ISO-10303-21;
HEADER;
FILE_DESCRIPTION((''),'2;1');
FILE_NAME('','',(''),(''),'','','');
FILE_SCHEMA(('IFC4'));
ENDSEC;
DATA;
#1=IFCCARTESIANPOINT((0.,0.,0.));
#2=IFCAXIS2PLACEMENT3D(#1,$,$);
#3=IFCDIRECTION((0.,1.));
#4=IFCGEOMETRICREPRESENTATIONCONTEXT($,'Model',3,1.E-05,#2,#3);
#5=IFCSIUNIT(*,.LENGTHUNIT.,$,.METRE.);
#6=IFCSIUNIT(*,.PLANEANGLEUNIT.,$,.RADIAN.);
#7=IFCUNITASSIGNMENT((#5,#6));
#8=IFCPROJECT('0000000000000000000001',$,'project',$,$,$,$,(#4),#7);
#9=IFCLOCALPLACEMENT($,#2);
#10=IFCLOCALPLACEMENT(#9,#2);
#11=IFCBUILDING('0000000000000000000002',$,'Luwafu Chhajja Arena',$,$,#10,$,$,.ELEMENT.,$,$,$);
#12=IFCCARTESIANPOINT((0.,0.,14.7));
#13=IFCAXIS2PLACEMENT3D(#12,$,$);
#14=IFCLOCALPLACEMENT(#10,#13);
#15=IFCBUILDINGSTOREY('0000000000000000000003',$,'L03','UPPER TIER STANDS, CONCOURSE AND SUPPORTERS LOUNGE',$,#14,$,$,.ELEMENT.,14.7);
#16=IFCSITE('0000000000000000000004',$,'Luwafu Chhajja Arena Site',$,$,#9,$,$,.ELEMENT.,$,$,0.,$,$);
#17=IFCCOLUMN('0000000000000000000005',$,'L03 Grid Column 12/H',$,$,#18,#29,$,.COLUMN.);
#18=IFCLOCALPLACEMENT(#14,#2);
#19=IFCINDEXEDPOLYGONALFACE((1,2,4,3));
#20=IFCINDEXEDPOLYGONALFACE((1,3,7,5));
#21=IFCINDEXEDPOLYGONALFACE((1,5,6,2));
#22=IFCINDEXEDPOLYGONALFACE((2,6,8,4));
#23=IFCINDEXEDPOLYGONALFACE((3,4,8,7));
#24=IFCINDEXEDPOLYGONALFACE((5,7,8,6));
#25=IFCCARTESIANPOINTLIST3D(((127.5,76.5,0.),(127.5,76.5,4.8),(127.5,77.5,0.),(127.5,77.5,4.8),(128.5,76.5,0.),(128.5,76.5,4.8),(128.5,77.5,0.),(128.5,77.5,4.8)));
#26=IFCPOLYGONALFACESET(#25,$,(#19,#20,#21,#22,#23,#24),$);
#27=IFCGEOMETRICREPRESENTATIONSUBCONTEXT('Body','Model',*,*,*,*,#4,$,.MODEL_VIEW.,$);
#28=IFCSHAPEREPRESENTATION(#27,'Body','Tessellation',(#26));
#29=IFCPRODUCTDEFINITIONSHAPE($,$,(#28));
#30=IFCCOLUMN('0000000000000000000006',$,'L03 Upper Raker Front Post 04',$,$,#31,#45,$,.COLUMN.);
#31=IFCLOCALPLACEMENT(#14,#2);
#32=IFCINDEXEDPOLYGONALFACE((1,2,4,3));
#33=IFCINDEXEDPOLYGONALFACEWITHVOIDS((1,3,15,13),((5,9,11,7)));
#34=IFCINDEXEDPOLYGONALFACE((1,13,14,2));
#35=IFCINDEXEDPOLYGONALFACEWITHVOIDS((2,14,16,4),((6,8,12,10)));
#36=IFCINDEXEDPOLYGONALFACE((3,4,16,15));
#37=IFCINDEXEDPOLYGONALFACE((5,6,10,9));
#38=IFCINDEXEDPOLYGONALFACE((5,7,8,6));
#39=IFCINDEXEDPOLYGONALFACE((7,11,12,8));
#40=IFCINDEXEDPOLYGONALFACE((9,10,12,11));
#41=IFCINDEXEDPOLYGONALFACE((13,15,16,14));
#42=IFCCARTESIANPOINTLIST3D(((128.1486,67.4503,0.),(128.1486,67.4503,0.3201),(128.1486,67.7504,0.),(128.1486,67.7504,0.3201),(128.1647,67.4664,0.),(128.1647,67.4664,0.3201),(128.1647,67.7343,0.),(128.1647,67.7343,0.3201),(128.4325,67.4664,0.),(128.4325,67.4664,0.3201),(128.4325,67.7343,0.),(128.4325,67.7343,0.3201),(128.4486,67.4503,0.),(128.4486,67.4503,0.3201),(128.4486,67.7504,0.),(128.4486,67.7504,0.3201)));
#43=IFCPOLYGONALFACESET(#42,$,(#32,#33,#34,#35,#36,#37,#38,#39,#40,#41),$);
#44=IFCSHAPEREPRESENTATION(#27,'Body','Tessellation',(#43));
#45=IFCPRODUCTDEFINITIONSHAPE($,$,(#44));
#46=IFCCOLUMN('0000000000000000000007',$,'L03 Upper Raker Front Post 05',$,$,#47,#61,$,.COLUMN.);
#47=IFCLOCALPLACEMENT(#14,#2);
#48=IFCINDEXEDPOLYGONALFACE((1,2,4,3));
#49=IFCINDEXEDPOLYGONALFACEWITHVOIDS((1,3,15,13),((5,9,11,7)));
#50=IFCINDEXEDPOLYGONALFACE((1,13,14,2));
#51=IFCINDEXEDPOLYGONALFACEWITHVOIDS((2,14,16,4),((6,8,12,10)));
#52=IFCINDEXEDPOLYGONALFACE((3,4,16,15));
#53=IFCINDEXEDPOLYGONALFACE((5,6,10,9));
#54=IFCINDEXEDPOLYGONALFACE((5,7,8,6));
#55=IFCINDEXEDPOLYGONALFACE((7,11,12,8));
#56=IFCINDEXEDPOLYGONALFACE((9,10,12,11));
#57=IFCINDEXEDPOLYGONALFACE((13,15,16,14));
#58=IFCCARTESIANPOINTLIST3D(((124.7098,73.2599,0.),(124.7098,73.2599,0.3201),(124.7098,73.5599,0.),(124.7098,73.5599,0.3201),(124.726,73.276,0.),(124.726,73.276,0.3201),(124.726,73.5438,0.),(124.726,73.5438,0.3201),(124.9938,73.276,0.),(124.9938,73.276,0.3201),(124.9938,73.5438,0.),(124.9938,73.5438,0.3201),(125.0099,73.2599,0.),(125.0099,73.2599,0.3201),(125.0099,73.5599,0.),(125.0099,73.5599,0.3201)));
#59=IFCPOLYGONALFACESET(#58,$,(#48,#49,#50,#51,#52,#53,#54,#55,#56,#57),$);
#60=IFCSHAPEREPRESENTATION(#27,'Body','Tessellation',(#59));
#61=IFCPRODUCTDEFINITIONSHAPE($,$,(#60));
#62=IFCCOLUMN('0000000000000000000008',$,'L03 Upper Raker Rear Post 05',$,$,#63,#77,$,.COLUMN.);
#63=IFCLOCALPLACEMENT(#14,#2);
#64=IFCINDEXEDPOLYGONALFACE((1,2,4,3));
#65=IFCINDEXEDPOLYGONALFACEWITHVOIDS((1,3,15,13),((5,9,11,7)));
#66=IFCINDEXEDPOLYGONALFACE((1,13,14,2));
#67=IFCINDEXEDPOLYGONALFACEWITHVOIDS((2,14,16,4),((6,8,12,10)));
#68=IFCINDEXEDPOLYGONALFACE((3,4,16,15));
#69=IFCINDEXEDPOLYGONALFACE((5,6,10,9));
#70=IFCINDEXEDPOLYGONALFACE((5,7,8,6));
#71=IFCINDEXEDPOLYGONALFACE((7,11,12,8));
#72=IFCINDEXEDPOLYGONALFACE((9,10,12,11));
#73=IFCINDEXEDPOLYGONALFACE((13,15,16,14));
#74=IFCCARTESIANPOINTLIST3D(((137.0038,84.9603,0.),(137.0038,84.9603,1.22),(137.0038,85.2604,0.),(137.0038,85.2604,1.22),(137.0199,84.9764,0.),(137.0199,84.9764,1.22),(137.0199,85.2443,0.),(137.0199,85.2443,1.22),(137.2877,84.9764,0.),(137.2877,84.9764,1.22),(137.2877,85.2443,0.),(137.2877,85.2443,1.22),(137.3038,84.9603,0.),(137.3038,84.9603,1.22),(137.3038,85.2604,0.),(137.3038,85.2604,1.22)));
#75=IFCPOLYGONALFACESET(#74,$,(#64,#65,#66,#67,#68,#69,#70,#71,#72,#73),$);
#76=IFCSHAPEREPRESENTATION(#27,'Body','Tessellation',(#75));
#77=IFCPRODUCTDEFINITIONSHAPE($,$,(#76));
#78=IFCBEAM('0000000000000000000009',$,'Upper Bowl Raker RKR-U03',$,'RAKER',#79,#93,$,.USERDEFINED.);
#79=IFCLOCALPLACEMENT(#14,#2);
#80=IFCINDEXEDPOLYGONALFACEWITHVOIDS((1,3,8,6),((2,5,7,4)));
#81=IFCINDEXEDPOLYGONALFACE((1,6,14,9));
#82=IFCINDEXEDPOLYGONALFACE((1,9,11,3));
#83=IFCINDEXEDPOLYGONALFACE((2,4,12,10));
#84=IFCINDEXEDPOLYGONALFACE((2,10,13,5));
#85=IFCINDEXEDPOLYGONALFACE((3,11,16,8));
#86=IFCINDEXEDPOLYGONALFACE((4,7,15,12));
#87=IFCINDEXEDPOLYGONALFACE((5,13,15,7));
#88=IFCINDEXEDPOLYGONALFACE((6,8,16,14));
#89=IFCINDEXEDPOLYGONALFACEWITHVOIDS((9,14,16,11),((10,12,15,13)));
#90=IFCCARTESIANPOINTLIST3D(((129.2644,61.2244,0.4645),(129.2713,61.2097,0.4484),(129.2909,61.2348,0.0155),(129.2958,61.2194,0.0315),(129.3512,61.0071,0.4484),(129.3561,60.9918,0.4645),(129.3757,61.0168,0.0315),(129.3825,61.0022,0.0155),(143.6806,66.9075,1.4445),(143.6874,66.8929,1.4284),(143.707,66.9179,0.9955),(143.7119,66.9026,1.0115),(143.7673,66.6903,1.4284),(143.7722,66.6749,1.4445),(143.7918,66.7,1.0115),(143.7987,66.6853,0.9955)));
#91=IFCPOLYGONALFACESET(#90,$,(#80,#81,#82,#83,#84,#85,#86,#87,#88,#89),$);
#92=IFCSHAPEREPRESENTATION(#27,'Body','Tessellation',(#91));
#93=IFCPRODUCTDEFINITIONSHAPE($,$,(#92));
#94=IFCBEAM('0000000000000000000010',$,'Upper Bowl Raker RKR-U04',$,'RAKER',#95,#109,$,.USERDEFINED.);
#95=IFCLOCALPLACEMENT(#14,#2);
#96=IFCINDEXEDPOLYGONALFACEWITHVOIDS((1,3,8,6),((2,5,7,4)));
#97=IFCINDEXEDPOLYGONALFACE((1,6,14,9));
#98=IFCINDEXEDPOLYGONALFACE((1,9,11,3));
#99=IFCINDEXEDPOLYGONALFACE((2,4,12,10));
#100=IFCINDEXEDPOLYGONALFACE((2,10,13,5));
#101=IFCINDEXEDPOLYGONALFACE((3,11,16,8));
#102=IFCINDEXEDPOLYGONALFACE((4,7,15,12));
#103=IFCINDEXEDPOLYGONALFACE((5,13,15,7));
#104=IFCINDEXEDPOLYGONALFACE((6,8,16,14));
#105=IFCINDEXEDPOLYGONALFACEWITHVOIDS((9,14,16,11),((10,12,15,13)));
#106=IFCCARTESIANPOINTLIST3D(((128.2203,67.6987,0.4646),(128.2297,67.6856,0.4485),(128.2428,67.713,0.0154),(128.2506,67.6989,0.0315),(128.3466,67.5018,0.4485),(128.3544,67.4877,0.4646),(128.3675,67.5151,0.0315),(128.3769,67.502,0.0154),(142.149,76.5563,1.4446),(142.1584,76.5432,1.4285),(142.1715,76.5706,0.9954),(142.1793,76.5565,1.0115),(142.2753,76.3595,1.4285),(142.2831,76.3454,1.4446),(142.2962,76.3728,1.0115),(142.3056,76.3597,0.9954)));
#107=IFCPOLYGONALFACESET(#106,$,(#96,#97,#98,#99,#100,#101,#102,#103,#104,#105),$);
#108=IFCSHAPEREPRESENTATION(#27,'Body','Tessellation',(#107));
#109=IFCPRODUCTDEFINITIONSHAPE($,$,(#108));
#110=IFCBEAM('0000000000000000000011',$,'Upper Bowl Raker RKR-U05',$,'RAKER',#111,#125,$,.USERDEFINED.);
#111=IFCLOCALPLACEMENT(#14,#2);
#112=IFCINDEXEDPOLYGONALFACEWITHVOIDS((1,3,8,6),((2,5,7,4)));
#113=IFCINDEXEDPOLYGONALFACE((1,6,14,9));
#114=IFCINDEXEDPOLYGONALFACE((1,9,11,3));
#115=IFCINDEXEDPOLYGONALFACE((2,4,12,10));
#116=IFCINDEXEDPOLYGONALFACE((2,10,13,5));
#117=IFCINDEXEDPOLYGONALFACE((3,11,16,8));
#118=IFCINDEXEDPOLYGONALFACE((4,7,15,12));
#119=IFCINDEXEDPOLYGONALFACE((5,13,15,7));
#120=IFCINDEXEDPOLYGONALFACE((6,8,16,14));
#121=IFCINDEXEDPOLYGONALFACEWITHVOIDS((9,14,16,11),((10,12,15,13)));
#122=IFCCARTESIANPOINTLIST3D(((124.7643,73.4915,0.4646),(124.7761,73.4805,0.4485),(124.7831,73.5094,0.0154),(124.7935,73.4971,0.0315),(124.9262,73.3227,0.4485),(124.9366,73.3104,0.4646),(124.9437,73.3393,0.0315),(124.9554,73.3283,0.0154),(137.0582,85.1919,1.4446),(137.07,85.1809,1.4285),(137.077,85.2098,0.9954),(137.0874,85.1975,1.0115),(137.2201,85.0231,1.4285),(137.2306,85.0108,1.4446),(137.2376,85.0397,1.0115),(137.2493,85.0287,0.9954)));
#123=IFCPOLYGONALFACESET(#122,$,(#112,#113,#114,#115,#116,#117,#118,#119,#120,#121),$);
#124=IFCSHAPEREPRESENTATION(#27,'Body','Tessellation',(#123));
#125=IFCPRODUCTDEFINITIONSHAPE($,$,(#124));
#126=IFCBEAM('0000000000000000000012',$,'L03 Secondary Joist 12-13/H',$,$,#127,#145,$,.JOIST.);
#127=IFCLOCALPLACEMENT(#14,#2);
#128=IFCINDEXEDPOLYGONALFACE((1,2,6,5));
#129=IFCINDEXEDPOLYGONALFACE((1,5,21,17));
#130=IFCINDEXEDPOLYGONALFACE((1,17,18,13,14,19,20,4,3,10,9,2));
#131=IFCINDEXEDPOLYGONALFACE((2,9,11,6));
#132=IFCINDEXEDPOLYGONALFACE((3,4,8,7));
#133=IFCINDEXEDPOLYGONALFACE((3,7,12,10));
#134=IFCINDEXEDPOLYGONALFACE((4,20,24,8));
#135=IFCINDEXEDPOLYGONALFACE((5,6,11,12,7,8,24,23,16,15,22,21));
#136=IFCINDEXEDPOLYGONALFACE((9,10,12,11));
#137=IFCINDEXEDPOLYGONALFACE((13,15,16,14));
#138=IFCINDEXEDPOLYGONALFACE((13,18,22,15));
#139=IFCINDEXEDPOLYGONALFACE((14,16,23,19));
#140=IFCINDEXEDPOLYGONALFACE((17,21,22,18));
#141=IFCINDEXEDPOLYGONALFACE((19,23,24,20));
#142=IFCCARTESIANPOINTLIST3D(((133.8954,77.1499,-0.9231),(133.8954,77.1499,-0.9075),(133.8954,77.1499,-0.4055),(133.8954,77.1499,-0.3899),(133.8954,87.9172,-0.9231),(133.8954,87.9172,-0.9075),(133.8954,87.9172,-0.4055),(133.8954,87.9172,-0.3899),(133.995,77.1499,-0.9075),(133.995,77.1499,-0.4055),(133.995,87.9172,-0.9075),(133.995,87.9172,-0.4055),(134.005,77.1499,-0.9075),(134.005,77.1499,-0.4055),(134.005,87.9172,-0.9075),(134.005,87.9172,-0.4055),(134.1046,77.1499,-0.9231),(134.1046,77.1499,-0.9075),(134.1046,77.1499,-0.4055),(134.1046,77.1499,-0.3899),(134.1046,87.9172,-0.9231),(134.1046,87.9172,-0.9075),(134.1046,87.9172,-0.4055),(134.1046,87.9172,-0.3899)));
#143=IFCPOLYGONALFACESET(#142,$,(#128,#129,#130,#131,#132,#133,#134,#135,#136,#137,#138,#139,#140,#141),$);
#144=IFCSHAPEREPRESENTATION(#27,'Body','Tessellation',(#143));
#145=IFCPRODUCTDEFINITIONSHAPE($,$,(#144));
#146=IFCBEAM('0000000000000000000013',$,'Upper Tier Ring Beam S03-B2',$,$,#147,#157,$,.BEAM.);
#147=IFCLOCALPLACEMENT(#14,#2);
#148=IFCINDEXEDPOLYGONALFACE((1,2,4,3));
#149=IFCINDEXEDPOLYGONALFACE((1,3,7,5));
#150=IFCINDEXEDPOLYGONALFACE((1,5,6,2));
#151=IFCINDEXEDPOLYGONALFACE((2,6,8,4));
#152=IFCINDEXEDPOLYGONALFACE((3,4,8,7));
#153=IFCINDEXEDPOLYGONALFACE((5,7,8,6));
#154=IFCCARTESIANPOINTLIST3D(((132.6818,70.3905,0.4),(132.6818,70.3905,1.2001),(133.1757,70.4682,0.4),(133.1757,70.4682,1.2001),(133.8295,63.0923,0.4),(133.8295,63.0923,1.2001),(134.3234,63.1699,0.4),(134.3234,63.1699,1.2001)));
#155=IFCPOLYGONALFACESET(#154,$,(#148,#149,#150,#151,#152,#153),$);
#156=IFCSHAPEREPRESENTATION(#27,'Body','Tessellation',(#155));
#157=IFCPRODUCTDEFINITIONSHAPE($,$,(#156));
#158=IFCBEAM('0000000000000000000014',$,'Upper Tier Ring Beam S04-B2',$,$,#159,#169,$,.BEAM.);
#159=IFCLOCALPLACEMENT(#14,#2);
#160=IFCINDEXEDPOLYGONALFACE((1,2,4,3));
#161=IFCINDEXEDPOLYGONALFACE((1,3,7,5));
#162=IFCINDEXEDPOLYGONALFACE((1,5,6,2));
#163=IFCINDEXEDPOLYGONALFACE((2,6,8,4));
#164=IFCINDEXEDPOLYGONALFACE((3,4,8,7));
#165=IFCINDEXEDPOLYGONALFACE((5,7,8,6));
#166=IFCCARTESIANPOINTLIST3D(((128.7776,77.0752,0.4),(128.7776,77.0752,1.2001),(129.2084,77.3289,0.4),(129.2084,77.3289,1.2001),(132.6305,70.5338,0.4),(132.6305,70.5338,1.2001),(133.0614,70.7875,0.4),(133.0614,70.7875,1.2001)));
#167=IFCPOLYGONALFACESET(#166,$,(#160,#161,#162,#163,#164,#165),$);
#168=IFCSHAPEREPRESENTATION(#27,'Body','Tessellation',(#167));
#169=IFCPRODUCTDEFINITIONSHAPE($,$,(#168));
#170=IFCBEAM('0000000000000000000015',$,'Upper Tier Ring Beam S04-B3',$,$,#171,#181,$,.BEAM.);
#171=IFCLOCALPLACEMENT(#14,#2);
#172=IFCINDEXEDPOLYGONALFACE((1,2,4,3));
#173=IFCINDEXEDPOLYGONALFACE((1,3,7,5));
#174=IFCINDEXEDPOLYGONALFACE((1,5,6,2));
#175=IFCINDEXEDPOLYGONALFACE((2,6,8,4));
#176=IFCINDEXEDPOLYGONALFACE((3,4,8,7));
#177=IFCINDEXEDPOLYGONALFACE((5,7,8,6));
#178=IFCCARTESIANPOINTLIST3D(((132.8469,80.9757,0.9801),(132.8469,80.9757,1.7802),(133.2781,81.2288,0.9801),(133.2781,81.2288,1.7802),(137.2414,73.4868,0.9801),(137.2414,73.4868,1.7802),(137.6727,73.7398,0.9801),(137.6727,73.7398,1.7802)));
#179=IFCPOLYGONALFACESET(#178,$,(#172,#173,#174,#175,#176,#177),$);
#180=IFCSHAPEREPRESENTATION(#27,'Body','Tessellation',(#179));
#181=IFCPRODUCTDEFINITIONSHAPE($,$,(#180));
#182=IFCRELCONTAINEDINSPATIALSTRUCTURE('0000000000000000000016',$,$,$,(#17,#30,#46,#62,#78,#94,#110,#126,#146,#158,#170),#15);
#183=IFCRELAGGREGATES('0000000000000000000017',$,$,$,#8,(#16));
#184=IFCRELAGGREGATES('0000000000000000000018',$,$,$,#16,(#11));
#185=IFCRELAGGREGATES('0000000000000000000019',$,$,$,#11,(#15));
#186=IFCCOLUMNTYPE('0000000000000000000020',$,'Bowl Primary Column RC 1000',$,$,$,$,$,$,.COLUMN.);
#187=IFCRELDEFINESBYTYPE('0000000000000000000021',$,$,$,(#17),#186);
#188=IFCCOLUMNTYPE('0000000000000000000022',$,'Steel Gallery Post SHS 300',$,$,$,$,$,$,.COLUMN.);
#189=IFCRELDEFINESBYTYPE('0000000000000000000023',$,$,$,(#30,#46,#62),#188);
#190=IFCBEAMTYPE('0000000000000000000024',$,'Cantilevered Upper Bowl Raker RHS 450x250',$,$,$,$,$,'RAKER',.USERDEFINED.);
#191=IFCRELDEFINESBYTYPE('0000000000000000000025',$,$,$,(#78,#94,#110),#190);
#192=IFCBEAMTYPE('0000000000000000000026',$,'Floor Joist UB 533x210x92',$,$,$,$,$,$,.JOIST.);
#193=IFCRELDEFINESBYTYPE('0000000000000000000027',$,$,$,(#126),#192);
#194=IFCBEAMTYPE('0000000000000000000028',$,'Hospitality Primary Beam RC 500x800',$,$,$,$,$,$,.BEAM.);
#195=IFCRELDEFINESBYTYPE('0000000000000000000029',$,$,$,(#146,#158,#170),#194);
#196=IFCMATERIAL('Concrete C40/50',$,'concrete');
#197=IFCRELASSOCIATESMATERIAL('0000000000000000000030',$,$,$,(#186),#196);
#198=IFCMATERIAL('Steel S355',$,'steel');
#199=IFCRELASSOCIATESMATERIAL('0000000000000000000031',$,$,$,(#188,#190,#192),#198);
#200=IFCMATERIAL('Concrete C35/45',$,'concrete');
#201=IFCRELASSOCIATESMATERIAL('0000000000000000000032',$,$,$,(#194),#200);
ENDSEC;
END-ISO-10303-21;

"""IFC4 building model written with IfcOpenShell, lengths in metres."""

from ifc_helpers import new_model, si_unit, direction, frame, origin, origin_2d, place, context, subcontext, project, spatial, rectangle, hollow_rectangle, i_section, extrude, material, material_profile, profile_set, type_object, element, save


model = new_model("IFC4")

# Units and contexts
model_context = context("Model", 3, precision=1e-05, world=origin(), true_north=direction((0.0, 1.0)))
body_context = subcontext(model_context, "Body", "Model", "MODEL_VIEW")
ifc_project = project(units=[si_unit("LENGTHUNIT", "METRE"), si_unit("PLANEANGLEUNIT", "RADIAN")], contexts=[model_context])

# Site, building, storey
site_placement = place(None, origin())
site = spatial("IfcSite", under=ifc_project, at=site_placement, Name="Luwafu Chhajja Arena Site", CompositionType="ELEMENT", RefElevation=0.0)
building_placement = place(site_placement, origin())
building = spatial("IfcBuilding", under=site, at=building_placement, Name="Luwafu Chhajja Arena", CompositionType="ELEMENT")
storey_placement = place(building_placement, frame((0.0, 0.0, 14.7)))
storey = spatial("IfcBuildingStorey", under=building, at=storey_placement, Name="L03", Description="UPPER TIER STANDS, CONCOURSE AND SUPPORTERS LOUNGE", CompositionType="ELEMENT", Elevation=14.7)

# Columns
ifc_material_1 = material(Name="Concrete C40/50", Category="concrete")
ifc_material_profile_1 = material_profile(ifc_material_1, rectangle(XDim=1.0, YDim=1.0, at=origin_2d()), Name="RC 1000x1000")
ifc_profile_set_1 = profile_set([ifc_material_profile_1], Name="Concrete C40/50")
column_type_1 = type_object("IfcColumnType", Name="Bowl Primary Column RC 1000", PredefinedType="COLUMN", material=ifc_profile_set_1)
column_1_placement = place(storey_placement, frame((128.0, 77.0, 0.0), z_axis=(0.0, 0.0, 1.0), x_axis=(1.0, 0.0, 0.0)))
element("IfcColumn", 1, at=column_1_placement, inside=storey, type_object=column_type_1, Name="L03 Grid Column 12/H", PredefinedType="COLUMN", context=body_context, shape_type="SweptSolid", body=[
    extrude(rectangle(XDim=1.0, YDim=1.0, at=origin_2d()), origin(), (0.0, 0.0, 1.0), 4.8),
])
ifc_material_2 = material(Name="Steel S355", Category="steel")
ifc_material_profile_2 = material_profile(ifc_material_2, hollow_rectangle(XDim=0.3, YDim=0.3, WallThickness=0.0161, at=origin_2d()), Name="SHS 300x300x16")
ifc_profile_set_2 = profile_set([ifc_material_profile_2], Name="Steel S355")
column_type_2 = type_object("IfcColumnType", Name="Steel Gallery Post SHS 300", PredefinedType="COLUMN", material=ifc_profile_set_2)
for number, where, z_axis, x_axis, name in (
    (2, (128.2986, 67.6003, 0.0), (0.0, 0.0, 1.0), (1.0, 0.0, 0.0), "L03 Upper Raker Front Post 04"),
    (3, (124.8599, 73.4099, 0.0), (0.0, 0.0, 1.0), (1.0, 0.0, 0.0), "L03 Upper Raker Front Post 05"),
):
    element("IfcColumn", number, at=place(storey_placement, frame(where, z_axis=z_axis, x_axis=x_axis)), inside=storey, type_object=column_type_2, Name=name, PredefinedType="COLUMN", context=body_context, shape_type="SweptSolid", body=[
        extrude(hollow_rectangle(XDim=0.3, YDim=0.3, WallThickness=0.0161, at=origin_2d()), origin(), (0.0, 0.0, 1.0), 0.3201),
    ])
column_2_placement = place(storey_placement, frame((137.1538, 85.1104, 0.0), z_axis=(0.0, 0.0, 1.0), x_axis=(1.0, 0.0, 0.0)))
element("IfcColumn", 4, at=column_2_placement, inside=storey, type_object=column_type_2, Name="L03 Upper Raker Rear Post 05", PredefinedType="COLUMN", context=body_context, shape_type="SweptSolid", body=[
    extrude(hollow_rectangle(XDim=0.3, YDim=0.3, WallThickness=0.0161, at=origin_2d()), origin(), (0.0, 0.0, 1.0), 1.22),
])

# Beams
ifc_material_profile_3 = material_profile(ifc_material_2, hollow_rectangle(XDim=0.25, YDim=0.45, WallThickness=0.0161, at=origin_2d()), Name="RHS 450x250x16")
ifc_profile_set_3 = profile_set([ifc_material_profile_3], Name="Steel S355")
beam_type_1 = type_object("IfcBeamType", Name="Cantilevered Upper Bowl Raker RHS 450x250", ElementType="RAKER", PredefinedType="USERDEFINED", material=ifc_profile_set_3)
beam_1_placement = place(storey_placement, frame((129.3235, 61.1133, 0.24), z_axis=(0.928464, 0.366021, 0.063116), x_axis=(-0.366752, 0.930319, 0.0)))
element("IfcBeam", 5, at=beam_1_placement, inside=storey, type_object=beam_type_1, Name="Upper Bowl Raker RKR-U03", ObjectType="RAKER", PredefinedType="USERDEFINED", context=body_context, shape_type="SweptSolid", body=[
    extrude(hollow_rectangle(XDim=0.25, YDim=0.45, WallThickness=0.0161, at=origin_2d()), origin(), (0.0, 0.0, 1.0), 15.5269),
])
beam_2_placement = place(storey_placement, frame((128.2986, 67.6003, 0.24), z_axis=(0.842345, 0.535671, 0.059265), x_axis=(-0.536614, 0.843828, 0.0)))
element("IfcBeam", 6, at=beam_2_placement, inside=storey, type_object=beam_type_1, Name="Upper Bowl Raker RKR-U04", ObjectType="RAKER", PredefinedType="USERDEFINED", context=body_context, shape_type="SweptSolid", body=[
    extrude(hollow_rectangle(XDim=0.25, YDim=0.45, WallThickness=0.0161, at=origin_2d()), origin(), (0.0, 0.0, 1.0), 16.5356),
])
beam_3_placement = place(storey_placement, frame((124.8599, 73.4099, 0.24), z_axis=(0.723171, 0.688259, 0.057646), x_axis=(-0.689405, 0.724376, 0.0)))
element("IfcBeam", 7, at=beam_3_placement, inside=storey, type_object=beam_type_1, Name="Upper Bowl Raker RKR-U05", ObjectType="RAKER", PredefinedType="USERDEFINED", context=body_context, shape_type="SweptSolid", body=[
    extrude(hollow_rectangle(XDim=0.25, YDim=0.45, WallThickness=0.0161, at=origin_2d()), origin(), (0.0, 0.0, 1.0), 17.0),
])
ifc_material_profile_4 = material_profile(ifc_material_2, i_section(OverallWidth=0.2092, OverallDepth=0.5332, WebThickness=0.01, FlangeThickness=0.0156, at=origin_2d()), Name="UB 533x210x92")
ifc_profile_set_4 = profile_set([ifc_material_profile_4], Name="Steel S355")
beam_type_2 = type_object("IfcBeamType", Name="Floor Joist UB 533x210x92", PredefinedType="JOIST", material=ifc_profile_set_4)
beam_4_placement = place(storey_placement, frame((134.0, 77.1499, -0.6565), z_axis=(0.0, 1.0, 0.0), x_axis=(-1.0, 0.0, 0.0)))
element("IfcBeam", 8, at=beam_4_placement, inside=storey, type_object=beam_type_2, Name="L03 Secondary Joist 12-13/H", PredefinedType="JOIST", context=body_context, shape_type="SweptSolid", body=[
    extrude(i_section(OverallWidth=0.2092, OverallDepth=0.5332, WebThickness=0.01, FlangeThickness=0.0156, at=origin_2d()), origin(), (0.0, 0.0, 1.0), 10.7673),
])
ifc_material_3 = material(Name="Concrete C35/45", Category="concrete")
ifc_material_profile_5 = material_profile(ifc_material_3, rectangle(XDim=0.5, YDim=0.8, at=origin_2d()), Name="RC 500x800")
ifc_profile_set_5 = profile_set([ifc_material_profile_5], Name="Concrete C35/45")
beam_type_3 = type_object("IfcBeamType", Name="Hospitality Primary Beam RC 500x800", PredefinedType="BEAM", material=ifc_profile_set_5)
beam_5_placement = place(storey_placement, frame((134.0764, 63.1311, 0.8), z_axis=(-0.155347, 0.98786, 0.0), x_axis=(-0.98786, -0.155347, 0.0)))
element("IfcBeam", 9, at=beam_5_placement, inside=storey, type_object=beam_type_3, Name="Upper Tier Ring Beam S03-B2", PredefinedType="BEAM", context=body_context, shape_type="SweptSolid", body=[
    extrude(rectangle(XDim=0.5, YDim=0.8, at=origin_2d()), origin(), (0.0, 0.0, 1.0), 7.3879),
])
beam_6_placement = place(storey_placement, frame((132.8459, 70.6606, 0.8), z_axis=(-0.507518, 0.861641, 0.0), x_axis=(-0.861641, -0.507518, 0.0)))
element("IfcBeam", 10, at=beam_6_placement, inside=storey, type_object=beam_type_3, Name="Upper Tier Ring Beam S04-B2", PredefinedType="BEAM", context=body_context, shape_type="SweptSolid", body=[
    extrude(rectangle(XDim=0.5, YDim=0.8, at=origin_2d()), origin(), (0.0, 0.0, 1.0), 7.5918),
])
beam_7_placement = place(storey_placement, frame((137.457, 73.6133, 1.3801), z_axis=(-0.506098, 0.862476, 0.0), x_axis=(-0.862476, -0.506098, 0.0)))
element("IfcBeam", 11, at=beam_7_placement, inside=storey, type_object=beam_type_3, Name="Upper Tier Ring Beam S04-B3", PredefinedType="BEAM", context=body_context, shape_type="SweptSolid", body=[
    extrude(rectangle(XDim=0.5, YDim=0.8, at=origin_2d()), origin(), (0.0, 0.0, 1.0), 8.6831),
])

save(model, "model.ifc")
